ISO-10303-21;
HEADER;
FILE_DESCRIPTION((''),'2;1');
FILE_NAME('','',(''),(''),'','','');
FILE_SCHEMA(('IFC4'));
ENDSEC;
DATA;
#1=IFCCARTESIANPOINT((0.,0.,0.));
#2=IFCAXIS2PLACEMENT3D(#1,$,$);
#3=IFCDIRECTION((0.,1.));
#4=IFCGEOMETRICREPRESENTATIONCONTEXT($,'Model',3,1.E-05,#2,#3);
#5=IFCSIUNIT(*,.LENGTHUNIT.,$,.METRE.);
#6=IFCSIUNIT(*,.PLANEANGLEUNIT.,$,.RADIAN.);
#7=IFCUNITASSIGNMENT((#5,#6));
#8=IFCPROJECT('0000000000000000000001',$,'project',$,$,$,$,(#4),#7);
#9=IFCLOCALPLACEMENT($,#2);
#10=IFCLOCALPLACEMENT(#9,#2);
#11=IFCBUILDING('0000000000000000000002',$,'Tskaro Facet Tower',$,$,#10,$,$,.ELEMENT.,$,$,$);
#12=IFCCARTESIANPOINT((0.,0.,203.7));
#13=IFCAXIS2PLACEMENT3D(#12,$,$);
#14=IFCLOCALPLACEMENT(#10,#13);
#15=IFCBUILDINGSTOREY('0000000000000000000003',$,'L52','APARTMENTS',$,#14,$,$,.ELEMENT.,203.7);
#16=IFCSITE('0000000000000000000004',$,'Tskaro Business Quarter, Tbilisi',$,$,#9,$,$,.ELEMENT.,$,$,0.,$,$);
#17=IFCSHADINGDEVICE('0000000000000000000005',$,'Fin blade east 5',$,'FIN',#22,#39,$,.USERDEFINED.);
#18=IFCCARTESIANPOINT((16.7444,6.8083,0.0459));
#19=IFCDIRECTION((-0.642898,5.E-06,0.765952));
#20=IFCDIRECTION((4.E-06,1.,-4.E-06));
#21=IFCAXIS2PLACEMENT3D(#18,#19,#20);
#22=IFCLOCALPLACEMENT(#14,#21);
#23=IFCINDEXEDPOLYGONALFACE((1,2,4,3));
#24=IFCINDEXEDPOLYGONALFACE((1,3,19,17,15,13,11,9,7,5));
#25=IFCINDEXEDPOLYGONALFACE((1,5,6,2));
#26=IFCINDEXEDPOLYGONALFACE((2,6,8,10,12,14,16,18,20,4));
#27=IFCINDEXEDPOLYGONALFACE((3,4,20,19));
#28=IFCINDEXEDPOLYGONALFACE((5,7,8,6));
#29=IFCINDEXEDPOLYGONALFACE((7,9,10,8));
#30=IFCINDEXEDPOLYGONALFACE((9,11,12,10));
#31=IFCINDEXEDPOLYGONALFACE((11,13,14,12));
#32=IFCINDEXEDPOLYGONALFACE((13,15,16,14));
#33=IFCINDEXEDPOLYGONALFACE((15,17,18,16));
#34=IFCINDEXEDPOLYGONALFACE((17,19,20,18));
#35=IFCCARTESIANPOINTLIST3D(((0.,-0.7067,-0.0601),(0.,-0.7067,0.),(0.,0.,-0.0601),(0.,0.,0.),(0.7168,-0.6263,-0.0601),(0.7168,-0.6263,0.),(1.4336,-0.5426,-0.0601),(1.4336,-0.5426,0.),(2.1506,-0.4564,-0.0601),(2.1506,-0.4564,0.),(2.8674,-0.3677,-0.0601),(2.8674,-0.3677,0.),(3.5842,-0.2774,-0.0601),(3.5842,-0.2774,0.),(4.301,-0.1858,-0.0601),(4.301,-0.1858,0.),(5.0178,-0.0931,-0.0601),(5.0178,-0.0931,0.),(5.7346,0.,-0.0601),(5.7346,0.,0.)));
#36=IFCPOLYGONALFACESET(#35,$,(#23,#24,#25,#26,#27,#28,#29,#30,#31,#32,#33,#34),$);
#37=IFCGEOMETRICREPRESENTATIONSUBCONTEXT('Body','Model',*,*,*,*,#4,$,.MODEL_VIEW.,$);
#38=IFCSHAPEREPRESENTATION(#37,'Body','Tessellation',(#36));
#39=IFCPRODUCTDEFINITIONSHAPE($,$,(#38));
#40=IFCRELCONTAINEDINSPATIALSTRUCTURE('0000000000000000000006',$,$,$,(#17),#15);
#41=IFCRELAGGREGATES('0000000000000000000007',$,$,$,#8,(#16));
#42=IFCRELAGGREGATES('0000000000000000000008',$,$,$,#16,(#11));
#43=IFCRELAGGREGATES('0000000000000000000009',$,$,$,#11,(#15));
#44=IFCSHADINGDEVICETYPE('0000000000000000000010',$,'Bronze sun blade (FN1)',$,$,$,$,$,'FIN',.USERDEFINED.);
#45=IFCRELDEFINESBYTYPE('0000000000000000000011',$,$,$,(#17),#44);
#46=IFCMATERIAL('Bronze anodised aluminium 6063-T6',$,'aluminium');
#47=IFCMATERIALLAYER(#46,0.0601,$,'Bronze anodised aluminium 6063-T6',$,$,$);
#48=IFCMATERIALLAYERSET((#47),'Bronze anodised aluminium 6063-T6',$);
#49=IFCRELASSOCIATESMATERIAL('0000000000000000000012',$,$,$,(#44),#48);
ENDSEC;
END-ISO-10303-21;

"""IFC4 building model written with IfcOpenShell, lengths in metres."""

from ifc_helpers import new_model, si_unit, direction, frame, origin, place, context, subcontext, project, spatial, polyline, outline, extrude, material, layer, layer_set, type_object, element, save


model = new_model("IFC4")

# Units and contexts
model_context = context("Model", 3, precision=1e-05, world=origin(), true_north=direction((0.0, 1.0)))
body_context = subcontext(model_context, "Body", "Model", "MODEL_VIEW")
ifc_project = project(units=[si_unit("LENGTHUNIT", "METRE"), si_unit("PLANEANGLEUNIT", "RADIAN")], contexts=[model_context])

# Site, building, storey
site_placement = place(None, origin())
site = spatial("IfcSite", under=ifc_project, at=site_placement, Name="Tskaro Business Quarter, Tbilisi", CompositionType="ELEMENT", RefElevation=0.0)
building_placement = place(site_placement, origin())
building = spatial("IfcBuilding", under=site, at=building_placement, Name="Tskaro Facet Tower", CompositionType="ELEMENT")
storey_placement = place(building_placement, frame((0.0, 0.0, 203.7)))
storey = spatial("IfcBuildingStorey", under=building, at=storey_placement, Name="L52", Description="APARTMENTS", CompositionType="ELEMENT", Elevation=203.7)

# Shared definitions
ifc_material_1 = material(Name="Bronze anodised aluminium 6063-T6", Category="aluminium")

# Shading device
ifc_layer_1 = layer(ifc_material_1, 0.0601, Name="Bronze anodised aluminium 6063-T6")
ifc_layer_set_1 = layer_set([ifc_layer_1], Name="Bronze anodised aluminium 6063-T6")
shading_device_type = type_object("IfcShadingDeviceType", Name="Bronze sun blade (FN1)", ElementType="FIN", PredefinedType="USERDEFINED", material=ifc_layer_set_1)
shading_device_1_placement = place(storey_placement, frame((16.7444, 6.8083, 0.0459), z_axis=(-0.642898, 0.000005, 0.765952), x_axis=(0.000004, 1.0, -0.000004)))
element("IfcShadingDevice", 1, at=shading_device_1_placement, inside=storey, type_object=shading_device_type, Name="Fin blade east 5", ObjectType="FIN", PredefinedType="USERDEFINED", context=body_context, shape_type="SweptSolid", body=[
    extrude(outline(polyline([(0.0, 0.0), (5.7346, 0.0), (5.0178, -0.0931), (4.301, -0.1858), (3.5842, -0.2774), (2.8674, -0.3677), (2.1506, -0.4564), (1.4336, -0.5426), (0.7168, -0.6263), (0.0, -0.7067), (0.0, 0.0)])), origin(), (0.0, 0.0, -1.0), 0.0601),
])

save(model, "model.ifc")
